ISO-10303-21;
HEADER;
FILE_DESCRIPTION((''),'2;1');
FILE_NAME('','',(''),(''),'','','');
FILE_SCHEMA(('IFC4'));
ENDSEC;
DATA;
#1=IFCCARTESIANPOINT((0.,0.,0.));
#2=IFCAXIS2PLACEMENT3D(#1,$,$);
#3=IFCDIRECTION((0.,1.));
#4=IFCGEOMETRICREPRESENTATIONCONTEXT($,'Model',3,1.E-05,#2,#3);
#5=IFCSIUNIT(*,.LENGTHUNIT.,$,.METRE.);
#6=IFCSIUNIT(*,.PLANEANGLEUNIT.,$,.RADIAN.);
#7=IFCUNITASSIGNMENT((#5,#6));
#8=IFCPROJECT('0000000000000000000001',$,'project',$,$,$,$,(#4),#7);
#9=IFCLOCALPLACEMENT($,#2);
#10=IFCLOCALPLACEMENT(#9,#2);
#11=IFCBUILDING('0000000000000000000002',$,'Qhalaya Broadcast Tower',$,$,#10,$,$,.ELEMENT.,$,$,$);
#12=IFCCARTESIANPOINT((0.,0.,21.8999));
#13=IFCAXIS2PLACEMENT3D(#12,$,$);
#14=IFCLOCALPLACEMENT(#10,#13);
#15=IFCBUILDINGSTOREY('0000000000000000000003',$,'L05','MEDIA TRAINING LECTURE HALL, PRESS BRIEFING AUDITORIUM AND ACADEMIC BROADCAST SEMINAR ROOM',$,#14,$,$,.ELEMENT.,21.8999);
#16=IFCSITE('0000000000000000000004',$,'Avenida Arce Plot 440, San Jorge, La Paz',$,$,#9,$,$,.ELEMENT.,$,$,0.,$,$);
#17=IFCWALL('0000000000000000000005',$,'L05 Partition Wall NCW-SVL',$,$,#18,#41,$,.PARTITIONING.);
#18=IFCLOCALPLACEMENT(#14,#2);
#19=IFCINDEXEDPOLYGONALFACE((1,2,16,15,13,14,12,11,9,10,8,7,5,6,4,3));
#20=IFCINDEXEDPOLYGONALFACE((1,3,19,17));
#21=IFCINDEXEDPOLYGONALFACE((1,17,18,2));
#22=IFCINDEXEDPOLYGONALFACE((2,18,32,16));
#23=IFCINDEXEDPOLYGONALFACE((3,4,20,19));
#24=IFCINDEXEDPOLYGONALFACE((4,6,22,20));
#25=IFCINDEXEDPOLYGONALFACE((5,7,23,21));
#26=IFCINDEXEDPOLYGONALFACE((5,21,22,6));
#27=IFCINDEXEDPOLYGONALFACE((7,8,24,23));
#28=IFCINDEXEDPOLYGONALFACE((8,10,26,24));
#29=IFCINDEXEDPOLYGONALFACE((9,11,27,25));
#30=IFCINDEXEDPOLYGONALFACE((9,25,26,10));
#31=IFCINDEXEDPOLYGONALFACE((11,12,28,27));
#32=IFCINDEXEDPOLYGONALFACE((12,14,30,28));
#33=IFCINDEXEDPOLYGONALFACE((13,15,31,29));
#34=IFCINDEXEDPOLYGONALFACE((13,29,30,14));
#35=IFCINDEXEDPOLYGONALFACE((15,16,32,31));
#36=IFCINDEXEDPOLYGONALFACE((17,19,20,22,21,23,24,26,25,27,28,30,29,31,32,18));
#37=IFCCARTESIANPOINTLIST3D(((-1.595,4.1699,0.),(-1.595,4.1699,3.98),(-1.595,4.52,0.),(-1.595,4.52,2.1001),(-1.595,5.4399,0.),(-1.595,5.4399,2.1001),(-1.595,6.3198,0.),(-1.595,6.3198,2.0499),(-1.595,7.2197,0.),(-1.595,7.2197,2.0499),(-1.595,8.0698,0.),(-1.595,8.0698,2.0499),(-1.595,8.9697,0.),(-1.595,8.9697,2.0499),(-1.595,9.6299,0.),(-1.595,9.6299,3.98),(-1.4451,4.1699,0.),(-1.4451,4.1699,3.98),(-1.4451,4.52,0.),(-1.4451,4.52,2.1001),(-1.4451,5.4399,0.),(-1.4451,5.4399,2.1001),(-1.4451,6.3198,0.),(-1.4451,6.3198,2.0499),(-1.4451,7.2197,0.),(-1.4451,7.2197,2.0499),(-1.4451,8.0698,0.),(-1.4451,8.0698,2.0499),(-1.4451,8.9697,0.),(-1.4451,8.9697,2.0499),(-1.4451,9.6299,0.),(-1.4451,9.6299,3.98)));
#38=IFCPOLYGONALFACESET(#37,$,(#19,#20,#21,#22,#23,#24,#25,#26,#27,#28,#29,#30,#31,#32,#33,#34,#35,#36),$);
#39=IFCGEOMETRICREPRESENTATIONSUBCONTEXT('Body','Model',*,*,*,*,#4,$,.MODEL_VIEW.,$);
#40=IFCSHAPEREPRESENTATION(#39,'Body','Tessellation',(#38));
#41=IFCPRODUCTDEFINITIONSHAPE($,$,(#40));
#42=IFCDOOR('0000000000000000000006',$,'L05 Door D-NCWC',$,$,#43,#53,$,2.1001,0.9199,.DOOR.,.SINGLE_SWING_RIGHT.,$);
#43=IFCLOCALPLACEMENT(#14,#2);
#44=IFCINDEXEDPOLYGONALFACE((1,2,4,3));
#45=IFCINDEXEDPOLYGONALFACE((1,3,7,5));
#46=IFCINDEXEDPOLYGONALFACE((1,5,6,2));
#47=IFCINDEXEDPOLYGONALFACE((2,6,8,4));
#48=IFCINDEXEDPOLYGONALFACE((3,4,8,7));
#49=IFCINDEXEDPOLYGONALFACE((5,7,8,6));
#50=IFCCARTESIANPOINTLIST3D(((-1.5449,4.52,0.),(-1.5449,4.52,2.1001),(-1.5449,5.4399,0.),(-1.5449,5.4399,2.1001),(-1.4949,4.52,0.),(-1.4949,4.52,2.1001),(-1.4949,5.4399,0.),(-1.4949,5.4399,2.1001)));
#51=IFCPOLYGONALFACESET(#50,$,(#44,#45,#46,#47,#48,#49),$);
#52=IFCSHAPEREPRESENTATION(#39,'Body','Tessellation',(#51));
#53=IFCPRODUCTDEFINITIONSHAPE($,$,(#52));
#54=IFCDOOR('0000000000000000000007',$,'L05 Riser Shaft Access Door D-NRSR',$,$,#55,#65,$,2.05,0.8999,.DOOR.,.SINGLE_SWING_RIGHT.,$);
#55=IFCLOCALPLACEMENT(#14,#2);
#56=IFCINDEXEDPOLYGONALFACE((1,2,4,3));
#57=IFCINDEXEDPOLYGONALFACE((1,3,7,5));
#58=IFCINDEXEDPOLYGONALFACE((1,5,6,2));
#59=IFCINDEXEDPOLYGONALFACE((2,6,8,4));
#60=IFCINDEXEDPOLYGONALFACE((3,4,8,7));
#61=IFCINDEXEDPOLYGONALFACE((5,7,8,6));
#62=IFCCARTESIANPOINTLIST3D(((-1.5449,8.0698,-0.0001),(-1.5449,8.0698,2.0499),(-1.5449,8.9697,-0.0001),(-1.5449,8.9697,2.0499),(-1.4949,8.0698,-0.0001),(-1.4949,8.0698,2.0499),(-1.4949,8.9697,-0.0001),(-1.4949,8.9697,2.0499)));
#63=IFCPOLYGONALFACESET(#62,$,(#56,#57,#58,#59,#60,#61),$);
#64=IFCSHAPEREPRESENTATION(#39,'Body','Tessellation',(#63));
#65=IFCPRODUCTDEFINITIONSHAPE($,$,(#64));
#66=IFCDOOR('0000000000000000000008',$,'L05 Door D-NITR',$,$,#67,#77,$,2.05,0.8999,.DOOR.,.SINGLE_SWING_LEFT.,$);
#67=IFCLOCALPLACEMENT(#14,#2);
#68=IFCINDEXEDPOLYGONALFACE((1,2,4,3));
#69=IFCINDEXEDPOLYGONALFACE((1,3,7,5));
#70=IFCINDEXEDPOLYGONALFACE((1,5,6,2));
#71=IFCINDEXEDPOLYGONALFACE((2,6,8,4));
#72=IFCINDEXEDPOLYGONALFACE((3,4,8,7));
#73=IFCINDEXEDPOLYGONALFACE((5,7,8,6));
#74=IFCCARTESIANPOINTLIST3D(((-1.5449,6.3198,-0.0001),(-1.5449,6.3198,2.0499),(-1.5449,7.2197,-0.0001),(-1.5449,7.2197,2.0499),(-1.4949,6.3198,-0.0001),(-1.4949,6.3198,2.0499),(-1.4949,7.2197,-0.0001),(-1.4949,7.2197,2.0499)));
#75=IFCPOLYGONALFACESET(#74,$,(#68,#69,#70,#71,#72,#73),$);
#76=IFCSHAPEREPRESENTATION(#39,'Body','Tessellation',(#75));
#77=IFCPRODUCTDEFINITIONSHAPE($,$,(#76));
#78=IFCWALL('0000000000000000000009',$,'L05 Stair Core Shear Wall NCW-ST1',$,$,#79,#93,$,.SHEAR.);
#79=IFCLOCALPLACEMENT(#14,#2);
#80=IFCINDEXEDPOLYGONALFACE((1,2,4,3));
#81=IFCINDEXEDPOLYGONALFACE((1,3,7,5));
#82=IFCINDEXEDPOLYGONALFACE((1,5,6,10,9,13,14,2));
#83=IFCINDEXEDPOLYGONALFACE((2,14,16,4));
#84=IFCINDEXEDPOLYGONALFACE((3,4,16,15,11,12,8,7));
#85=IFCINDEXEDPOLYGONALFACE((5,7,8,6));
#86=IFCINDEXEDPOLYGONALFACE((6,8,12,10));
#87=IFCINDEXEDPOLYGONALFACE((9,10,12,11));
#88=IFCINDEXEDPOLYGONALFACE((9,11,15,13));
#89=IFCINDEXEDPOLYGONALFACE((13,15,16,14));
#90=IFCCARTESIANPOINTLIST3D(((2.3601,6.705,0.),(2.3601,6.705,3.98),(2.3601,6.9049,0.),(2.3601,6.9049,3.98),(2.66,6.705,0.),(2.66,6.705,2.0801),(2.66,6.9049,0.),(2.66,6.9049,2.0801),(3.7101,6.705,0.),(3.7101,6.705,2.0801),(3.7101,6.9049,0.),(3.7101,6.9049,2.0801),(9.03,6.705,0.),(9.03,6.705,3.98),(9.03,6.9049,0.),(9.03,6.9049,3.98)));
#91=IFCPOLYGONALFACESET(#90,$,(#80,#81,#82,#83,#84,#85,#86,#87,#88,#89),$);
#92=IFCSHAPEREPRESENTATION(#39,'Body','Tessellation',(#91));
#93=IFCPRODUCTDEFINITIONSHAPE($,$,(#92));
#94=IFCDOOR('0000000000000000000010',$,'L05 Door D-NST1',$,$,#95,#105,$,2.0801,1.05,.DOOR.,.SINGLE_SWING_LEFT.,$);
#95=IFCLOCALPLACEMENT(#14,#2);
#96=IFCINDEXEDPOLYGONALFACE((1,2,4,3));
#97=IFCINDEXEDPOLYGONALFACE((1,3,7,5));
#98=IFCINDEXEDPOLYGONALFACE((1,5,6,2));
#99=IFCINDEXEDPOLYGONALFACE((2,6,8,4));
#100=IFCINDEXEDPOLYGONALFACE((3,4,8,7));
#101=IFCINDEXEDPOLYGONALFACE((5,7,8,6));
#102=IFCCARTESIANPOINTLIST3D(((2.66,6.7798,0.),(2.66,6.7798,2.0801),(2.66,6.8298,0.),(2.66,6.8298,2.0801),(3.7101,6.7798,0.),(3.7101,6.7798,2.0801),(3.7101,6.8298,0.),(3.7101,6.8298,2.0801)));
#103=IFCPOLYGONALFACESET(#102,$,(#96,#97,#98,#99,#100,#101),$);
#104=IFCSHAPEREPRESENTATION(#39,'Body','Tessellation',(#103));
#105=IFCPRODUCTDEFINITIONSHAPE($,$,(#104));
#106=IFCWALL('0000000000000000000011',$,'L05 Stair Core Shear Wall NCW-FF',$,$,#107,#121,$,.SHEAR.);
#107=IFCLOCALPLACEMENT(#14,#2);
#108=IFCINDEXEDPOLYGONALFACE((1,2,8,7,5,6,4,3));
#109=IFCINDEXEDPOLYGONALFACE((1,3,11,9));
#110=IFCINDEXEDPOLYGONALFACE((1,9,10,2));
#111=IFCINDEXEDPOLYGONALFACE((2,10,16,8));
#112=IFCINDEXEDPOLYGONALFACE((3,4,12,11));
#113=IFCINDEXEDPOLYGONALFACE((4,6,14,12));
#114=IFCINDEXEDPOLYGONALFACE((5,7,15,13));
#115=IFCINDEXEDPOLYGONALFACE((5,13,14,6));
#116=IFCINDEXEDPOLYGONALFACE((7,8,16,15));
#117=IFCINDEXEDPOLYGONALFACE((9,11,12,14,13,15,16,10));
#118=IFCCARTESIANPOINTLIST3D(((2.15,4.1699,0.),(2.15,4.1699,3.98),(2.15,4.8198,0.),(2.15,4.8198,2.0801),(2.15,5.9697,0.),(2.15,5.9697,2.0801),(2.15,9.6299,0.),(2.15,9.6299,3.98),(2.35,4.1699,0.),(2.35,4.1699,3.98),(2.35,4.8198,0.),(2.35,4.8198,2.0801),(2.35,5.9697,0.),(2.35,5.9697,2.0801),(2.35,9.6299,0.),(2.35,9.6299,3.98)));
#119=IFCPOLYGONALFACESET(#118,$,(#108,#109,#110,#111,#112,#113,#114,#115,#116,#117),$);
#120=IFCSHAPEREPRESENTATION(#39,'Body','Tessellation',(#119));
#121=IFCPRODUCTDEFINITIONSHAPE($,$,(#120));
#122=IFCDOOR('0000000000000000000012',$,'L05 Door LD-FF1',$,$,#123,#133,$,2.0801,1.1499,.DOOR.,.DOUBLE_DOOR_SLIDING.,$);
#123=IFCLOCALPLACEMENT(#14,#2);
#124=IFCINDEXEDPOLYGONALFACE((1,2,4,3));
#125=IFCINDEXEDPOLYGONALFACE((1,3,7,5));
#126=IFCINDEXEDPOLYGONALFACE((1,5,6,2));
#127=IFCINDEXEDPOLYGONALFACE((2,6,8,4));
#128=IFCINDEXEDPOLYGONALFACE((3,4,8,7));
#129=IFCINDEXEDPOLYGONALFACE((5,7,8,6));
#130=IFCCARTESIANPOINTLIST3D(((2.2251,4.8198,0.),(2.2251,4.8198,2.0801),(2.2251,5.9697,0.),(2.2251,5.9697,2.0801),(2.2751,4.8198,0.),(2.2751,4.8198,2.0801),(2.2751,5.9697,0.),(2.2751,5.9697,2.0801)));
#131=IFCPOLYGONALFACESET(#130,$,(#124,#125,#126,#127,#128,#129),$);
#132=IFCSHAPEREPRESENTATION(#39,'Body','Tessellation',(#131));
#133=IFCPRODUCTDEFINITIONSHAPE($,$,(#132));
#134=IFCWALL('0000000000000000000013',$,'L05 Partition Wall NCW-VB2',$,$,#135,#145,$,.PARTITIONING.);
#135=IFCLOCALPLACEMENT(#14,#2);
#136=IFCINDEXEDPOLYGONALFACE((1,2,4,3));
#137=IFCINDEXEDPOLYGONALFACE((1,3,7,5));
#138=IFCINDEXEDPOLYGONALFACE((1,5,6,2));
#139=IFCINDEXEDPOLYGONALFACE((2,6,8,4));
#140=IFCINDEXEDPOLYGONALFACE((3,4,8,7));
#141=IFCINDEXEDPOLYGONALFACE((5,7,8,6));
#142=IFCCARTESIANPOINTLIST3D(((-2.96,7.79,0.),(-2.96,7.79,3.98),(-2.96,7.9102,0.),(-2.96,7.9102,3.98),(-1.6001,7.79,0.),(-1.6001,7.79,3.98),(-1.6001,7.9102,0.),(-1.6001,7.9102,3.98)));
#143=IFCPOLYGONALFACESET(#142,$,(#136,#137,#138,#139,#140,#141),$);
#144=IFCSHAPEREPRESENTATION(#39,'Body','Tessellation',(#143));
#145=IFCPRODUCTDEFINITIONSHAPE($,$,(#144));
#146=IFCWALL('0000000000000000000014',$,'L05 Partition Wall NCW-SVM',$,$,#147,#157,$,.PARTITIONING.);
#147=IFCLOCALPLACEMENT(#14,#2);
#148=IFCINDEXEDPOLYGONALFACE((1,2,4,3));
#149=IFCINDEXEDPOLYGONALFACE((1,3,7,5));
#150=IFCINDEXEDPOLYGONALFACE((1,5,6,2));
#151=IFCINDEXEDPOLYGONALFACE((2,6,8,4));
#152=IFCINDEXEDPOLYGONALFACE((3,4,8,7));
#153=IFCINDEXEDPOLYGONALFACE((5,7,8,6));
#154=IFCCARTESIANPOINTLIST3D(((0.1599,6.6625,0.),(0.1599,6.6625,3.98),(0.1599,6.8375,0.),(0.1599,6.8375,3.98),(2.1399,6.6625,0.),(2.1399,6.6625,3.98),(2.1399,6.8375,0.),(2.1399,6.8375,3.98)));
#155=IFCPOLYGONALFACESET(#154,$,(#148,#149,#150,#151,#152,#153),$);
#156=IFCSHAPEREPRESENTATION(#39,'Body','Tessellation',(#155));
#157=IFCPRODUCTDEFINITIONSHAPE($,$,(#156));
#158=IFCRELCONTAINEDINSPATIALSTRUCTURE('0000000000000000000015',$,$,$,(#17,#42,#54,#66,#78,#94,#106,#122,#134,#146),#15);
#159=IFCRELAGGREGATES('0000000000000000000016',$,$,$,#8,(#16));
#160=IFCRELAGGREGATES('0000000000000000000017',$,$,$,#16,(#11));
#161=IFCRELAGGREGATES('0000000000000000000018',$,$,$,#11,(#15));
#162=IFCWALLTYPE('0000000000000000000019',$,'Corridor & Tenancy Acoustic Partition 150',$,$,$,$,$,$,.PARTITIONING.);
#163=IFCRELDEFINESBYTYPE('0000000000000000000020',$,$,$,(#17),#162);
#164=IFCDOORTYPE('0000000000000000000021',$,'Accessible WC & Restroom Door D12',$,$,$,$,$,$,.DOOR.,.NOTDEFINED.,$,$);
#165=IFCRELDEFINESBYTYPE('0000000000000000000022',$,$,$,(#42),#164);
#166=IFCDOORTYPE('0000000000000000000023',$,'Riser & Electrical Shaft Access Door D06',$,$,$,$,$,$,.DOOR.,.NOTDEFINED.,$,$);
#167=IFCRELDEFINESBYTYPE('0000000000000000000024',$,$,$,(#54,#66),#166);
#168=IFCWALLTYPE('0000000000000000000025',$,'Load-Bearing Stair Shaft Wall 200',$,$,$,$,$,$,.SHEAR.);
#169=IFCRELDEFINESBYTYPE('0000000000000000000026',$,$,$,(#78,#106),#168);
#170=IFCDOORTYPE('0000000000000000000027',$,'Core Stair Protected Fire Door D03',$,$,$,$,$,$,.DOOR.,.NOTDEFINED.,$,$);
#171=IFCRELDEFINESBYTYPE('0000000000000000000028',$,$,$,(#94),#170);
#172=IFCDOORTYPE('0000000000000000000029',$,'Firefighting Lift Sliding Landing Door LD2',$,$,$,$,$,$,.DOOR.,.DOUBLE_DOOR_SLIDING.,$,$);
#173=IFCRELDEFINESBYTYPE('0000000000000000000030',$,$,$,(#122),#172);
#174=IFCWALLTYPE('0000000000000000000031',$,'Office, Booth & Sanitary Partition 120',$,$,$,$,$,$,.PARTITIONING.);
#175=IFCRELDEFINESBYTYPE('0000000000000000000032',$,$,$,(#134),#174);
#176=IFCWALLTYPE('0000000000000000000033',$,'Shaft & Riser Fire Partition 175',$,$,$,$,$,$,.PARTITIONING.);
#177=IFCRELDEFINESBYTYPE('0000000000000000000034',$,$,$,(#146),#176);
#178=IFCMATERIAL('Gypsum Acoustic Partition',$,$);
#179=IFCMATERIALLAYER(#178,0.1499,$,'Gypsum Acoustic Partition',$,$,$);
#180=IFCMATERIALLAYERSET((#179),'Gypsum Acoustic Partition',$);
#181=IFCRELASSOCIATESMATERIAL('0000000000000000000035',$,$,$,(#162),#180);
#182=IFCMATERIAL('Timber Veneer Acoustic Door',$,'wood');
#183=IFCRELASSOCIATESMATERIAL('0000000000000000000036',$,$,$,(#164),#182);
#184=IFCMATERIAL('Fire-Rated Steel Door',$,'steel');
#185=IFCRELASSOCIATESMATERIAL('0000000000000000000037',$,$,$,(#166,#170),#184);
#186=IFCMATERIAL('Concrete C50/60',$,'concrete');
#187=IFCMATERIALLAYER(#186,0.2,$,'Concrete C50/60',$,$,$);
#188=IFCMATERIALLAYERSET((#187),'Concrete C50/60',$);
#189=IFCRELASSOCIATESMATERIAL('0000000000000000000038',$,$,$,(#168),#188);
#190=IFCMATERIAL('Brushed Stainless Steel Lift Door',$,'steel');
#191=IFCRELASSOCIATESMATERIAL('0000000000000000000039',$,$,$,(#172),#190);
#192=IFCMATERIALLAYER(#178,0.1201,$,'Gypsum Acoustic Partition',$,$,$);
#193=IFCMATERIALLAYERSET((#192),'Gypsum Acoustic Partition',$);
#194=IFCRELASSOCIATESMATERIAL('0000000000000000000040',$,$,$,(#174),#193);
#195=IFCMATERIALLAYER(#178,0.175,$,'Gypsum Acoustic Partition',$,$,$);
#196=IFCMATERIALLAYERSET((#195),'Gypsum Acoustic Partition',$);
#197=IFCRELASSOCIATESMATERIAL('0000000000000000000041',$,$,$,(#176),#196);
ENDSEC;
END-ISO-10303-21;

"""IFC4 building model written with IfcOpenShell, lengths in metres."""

from ifc_helpers import new_model, si_unit, direction, frame, frame_2d, origin, place, context, subcontext, project, spatial, rectangle, extrude, material, layer, layer_set, type_object, element, fill, save


model = new_model("IFC4")

# Units and contexts
model_context = context("Model", 3, precision=1e-05, world=origin(), true_north=direction((0.0, 1.0)))
body_context = subcontext(model_context, "Body", "Model", "MODEL_VIEW")
ifc_project = project(units=[si_unit("LENGTHUNIT", "METRE"), si_unit("PLANEANGLEUNIT", "RADIAN")], contexts=[model_context])

# Site, building, storey
site_placement = place(None, origin())
site = spatial("IfcSite", under=ifc_project, at=site_placement, Name="Avenida Arce Plot 440, San Jorge, La Paz", CompositionType="ELEMENT", RefElevation=0.0)
building_placement = place(site_placement, origin())
building = spatial("IfcBuilding", under=site, at=building_placement, Name="Qhalaya Broadcast Tower", CompositionType="ELEMENT")
storey_placement = place(building_placement, frame((0.0, 0.0, 21.8999)))
storey = spatial("IfcBuildingStorey", under=building, at=storey_placement, Name="L05", Description="MEDIA TRAINING LECTURE HALL, PRESS BRIEFING AUDITORIUM AND ACADEMIC BROADCAST SEMINAR ROOM", CompositionType="ELEMENT", Elevation=21.8999)

# Shared definitions
ifc_material_1 = material(Name="Concrete C50/60", Category="concrete")

# Wall, openings, doors
ifc_material_2 = material(Name="Gypsum Acoustic Partition")
ifc_layer_1 = layer(ifc_material_2, 0.1499, Name="Gypsum Acoustic Partition")
ifc_layer_set_1 = layer_set([ifc_layer_1], Name="Gypsum Acoustic Partition")
wall_type_1 = type_object("IfcWallType", Name="Corridor & Tenancy Acoustic Partition 150", PredefinedType="PARTITIONING", material=ifc_layer_set_1)
wall_1_placement = place(storey_placement, frame((-1.52, 4.1699, 0.0), z_axis=(0.0, 0.0, 1.0), x_axis=(0.0, 1.0, 0.0)))
wall_1 = element("IfcWall", 1, at=wall_1_placement, inside=storey, type_object=wall_type_1, Name="L05 Partition Wall NCW-SVL", PredefinedType="PARTITIONING", context=body_context, shape_type="SweptSolid", body=[
    extrude(rectangle(XDim=5.46, YDim=0.1499, at=frame_2d((2.73, 0.0))), origin(), (0.0, 0.0, 1.0), 3.98),
])
opening_1_placement = place(wall_1_placement, frame((3.8999, 0.0, 0.0)))
opening_1 = element("IfcOpeningElement", 2, at=opening_1_placement, cuts=wall_1, PredefinedType="OPENING", context=body_context, shape_type="SweptSolid", body=[
    extrude(rectangle(XDim=0.8999, YDim=2.05, at=frame_2d((0.45, 1.0249))), frame((0.0, 0.0869, 0.0), z_axis=(0.0, -1.0, 0.0), x_axis=(1.0, 0.0, 0.0)), (0.0, 0.0, 1.0), 0.1738),
])
opening_2_placement = place(wall_1_placement, frame((2.1499, 0.0, 0.0)))
opening_2 = element("IfcOpeningElement", 3, at=opening_2_placement, cuts=wall_1, PredefinedType="OPENING", context=body_context, shape_type="SweptSolid", body=[
    extrude(rectangle(XDim=0.8999, YDim=2.05, at=frame_2d((0.45, 1.0249))), frame((0.0, 0.0869, 0.0), z_axis=(0.0, -1.0, 0.0), x_axis=(1.0, 0.0, 0.0)), (0.0, 0.0, 1.0), 0.1738),
])
opening_3_placement = place(wall_1_placement, frame((0.3501, 0.0, 0.0)))
opening_3 = element("IfcOpeningElement", 4, at=opening_3_placement, cuts=wall_1, PredefinedType="OPENING", context=body_context, shape_type="SweptSolid", body=[
    extrude(rectangle(XDim=0.9199, YDim=2.1001, at=frame_2d((0.46, 1.05))), frame((0.0, 0.0869, 0.0), z_axis=(0.0, -1.0, 0.0), x_axis=(1.0, 0.0, 0.0)), (0.0, 0.0, 1.0), 0.1738),
])
ifc_material_3 = material(Name="Timber Veneer Acoustic Door", Category="wood")
door_type_1 = type_object("IfcDoorType", Name="Accessible WC & Restroom Door D12", OperationType="NOTDEFINED", PredefinedType="DOOR", material=ifc_material_3)
door_1_placement = place(opening_3_placement, origin())
door_1 = element("IfcDoor", 5, at=door_1_placement, inside=storey, type_object=door_type_1, Name="L05 Door D-NCWC", OperationType="SINGLE_SWING_RIGHT", OverallHeight=2.1001, OverallWidth=0.9199, PredefinedType="DOOR", context=body_context, shape_type="SweptSolid", body=[
    extrude(rectangle(XDim=0.9199, YDim=2.1001, at=frame_2d((0.46, 1.05))), frame((0.0, 0.0249, 0.0), z_axis=(0.0, -1.0, 0.0), x_axis=(1.0, 0.0, 0.0)), (0.0, 0.0, 1.0), 0.05),
])
fill(opening_3, door_1)
ifc_material_4 = material(Name="Fire-Rated Steel Door", Category="steel")
door_type_2 = type_object("IfcDoorType", Name="Riser & Electrical Shaft Access Door D06", OperationType="NOTDEFINED", PredefinedType="DOOR", material=ifc_material_4)
door_2_placement = place(opening_1_placement, origin())
door_2 = element("IfcDoor", 6, at=door_2_placement, inside=storey, type_object=door_type_2, Name="L05 Riser Shaft Access Door D-NRSR", OperationType="SINGLE_SWING_RIGHT", OverallHeight=2.05, OverallWidth=0.8999, PredefinedType="DOOR", context=body_context, shape_type="SweptSolid", body=[
    extrude(rectangle(XDim=0.8999, YDim=2.05, at=frame_2d((0.45, 1.0249))), frame((0.0, 0.0249, 0.0), z_axis=(0.0, -1.0, 0.0), x_axis=(1.0, 0.0, 0.0)), (0.0, 0.0, 1.0), 0.05),
])
fill(opening_1, door_2)
door_3_placement = place(opening_2_placement, origin())
door_3 = element("IfcDoor", 7, at=door_3_placement, inside=storey, type_object=door_type_2, Name="L05 Door D-NITR", OperationType="SINGLE_SWING_LEFT", OverallHeight=2.05, OverallWidth=0.8999, PredefinedType="DOOR", context=body_context, shape_type="SweptSolid", body=[
    extrude(rectangle(XDim=0.8999, YDim=2.05, at=frame_2d((0.45, 1.0249))), frame((0.0, 0.0249, 0.0), z_axis=(0.0, -1.0, 0.0), x_axis=(1.0, 0.0, 0.0)), (0.0, 0.0, 1.0), 0.05),
])
fill(opening_2, door_3)

# Walls, openings, doors
ifc_layer_2 = layer(ifc_material_1, 0.2, Name="Concrete C50/60")
ifc_layer_set_2 = layer_set([ifc_layer_2], Name="Concrete C50/60")
wall_type_2 = type_object("IfcWallType", Name="Load-Bearing Stair Shaft Wall 200", PredefinedType="SHEAR", material=ifc_layer_set_2)
wall_2_placement = place(storey_placement, frame((2.3601, 6.8049, 0.0), z_axis=(0.0, 0.0, 1.0), x_axis=(1.0, 0.0, 0.0)))
wall_2 = element("IfcWall", 8, at=wall_2_placement, inside=storey, type_object=wall_type_2, Name="L05 Stair Core Shear Wall NCW-ST1", PredefinedType="SHEAR", context=body_context, shape_type="SweptSolid", body=[
    extrude(rectangle(XDim=6.6699, YDim=0.2, at=frame_2d((3.335, 0.0))), origin(), (0.0, 0.0, 1.0), 3.98),
])
opening_4_placement = place(wall_2_placement, frame((0.3, 0.0, 0.0)))
opening_4 = element("IfcOpeningElement", 9, at=opening_4_placement, cuts=wall_2, PredefinedType="OPENING", context=body_context, shape_type="SweptSolid", body=[
    extrude(rectangle(XDim=1.05, YDim=2.0801, at=frame_2d((0.5249, 1.04))), frame((0.0, 0.1121, 0.0), z_axis=(0.0, -1.0, 0.0), x_axis=(1.0, 0.0, 0.0)), (0.0, 0.0, 1.0), 0.2239),
])
door_type_3 = type_object("IfcDoorType", Name="Core Stair Protected Fire Door D03", OperationType="NOTDEFINED", PredefinedType="DOOR", material=ifc_material_4)
door_4_placement = place(opening_4_placement, origin())
door_4 = element("IfcDoor", 10, at=door_4_placement, inside=storey, type_object=door_type_3, Name="L05 Door D-NST1", OperationType="SINGLE_SWING_LEFT", OverallHeight=2.0801, OverallWidth=1.05, PredefinedType="DOOR", context=body_context, shape_type="SweptSolid", body=[
    extrude(rectangle(XDim=1.05, YDim=2.0801, at=frame_2d((0.5249, 1.04))), frame((0.0, 0.0249, 0.0), z_axis=(0.0, -1.0, 0.0), x_axis=(1.0, 0.0, 0.0)), (0.0, 0.0, 1.0), 0.05),
])
fill(opening_4, door_4)
wall_3_placement = place(storey_placement, frame((2.25, 4.1699, 0.0), z_axis=(0.0, 0.0, 1.0), x_axis=(0.0, 1.0, 0.0)))
wall_3 = element("IfcWall", 11, at=wall_3_placement, inside=storey, type_object=wall_type_2, Name="L05 Stair Core Shear Wall NCW-FF", PredefinedType="SHEAR", context=body_context, shape_type="SweptSolid", body=[
    extrude(rectangle(XDim=5.46, YDim=0.2, at=frame_2d((2.73, 0.0))), origin(), (0.0, 0.0, 1.0), 3.98),
])
opening_5_placement = place(wall_3_placement, frame((0.6499, 0.0, 0.0)))
opening_5 = element("IfcOpeningElement", 12, at=opening_5_placement, cuts=wall_3, PredefinedType="OPENING", context=body_context, shape_type="SweptSolid", body=[
    extrude(rectangle(XDim=1.1499, YDim=2.0801, at=frame_2d((0.575, 1.04))), frame((0.0, 0.1121, 0.0), z_axis=(0.0, -1.0, 0.0), x_axis=(1.0, 0.0, 0.0)), (0.0, 0.0, 1.0), 0.2239),
])
ifc_material_5 = material(Name="Brushed Stainless Steel Lift Door", Category="steel")
door_type_4 = type_object("IfcDoorType", Name="Firefighting Lift Sliding Landing Door LD2", OperationType="DOUBLE_DOOR_SLIDING", PredefinedType="DOOR", material=ifc_material_5)
door_5_placement = place(opening_5_placement, origin())
door_5 = element("IfcDoor", 13, at=door_5_placement, inside=storey, type_object=door_type_4, Name="L05 Door LD-FF1", OperationType="DOUBLE_DOOR_SLIDING", OverallHeight=2.0801, OverallWidth=1.1499, PredefinedType="DOOR", context=body_context, shape_type="SweptSolid", body=[
    extrude(rectangle(XDim=1.1499, YDim=2.0801, at=frame_2d((0.575, 1.04))), frame((0.0, 0.0249, 0.0), z_axis=(0.0, -1.0, 0.0), x_axis=(1.0, 0.0, 0.0)), (0.0, 0.0, 1.0), 0.05),
])
fill(opening_5, door_5)

# Wall
ifc_layer_3 = layer(ifc_material_2, 0.1201, Name="Gypsum Acoustic Partition")
ifc_layer_set_3 = layer_set([ifc_layer_3], Name="Gypsum Acoustic Partition")
wall_type_3 = type_object("IfcWallType", Name="Office, Booth & Sanitary Partition 120", PredefinedType="PARTITIONING", material=ifc_layer_set_3)
wall_4_placement = place(storey_placement, frame((-2.96, 7.8501, 0.0), z_axis=(0.0, 0.0, 1.0), x_axis=(1.0, 0.0, 0.0)))
element("IfcWall", 14, at=wall_4_placement, inside=storey, type_object=wall_type_3, Name="L05 Partition Wall NCW-VB2", PredefinedType="PARTITIONING", context=body_context, shape_type="SweptSolid", body=[
    extrude(rectangle(XDim=1.3599, YDim=0.1201, at=frame_2d((0.6799, 0.0))), origin(), (0.0, 0.0, 1.0), 3.98),
])

# Shared definitions
ifc_layer_4 = layer(ifc_material_2, 0.175, Name="Gypsum Acoustic Partition")
ifc_layer_set_4 = layer_set([ifc_layer_4], Name="Gypsum Acoustic Partition")
wall_type_4 = type_object("IfcWallType", Name="Shaft & Riser Fire Partition 175", PredefinedType="PARTITIONING", material=ifc_layer_set_4)

# Wall
wall_5_placement = place(storey_placement, frame((0.1599, 6.75, 0.0), z_axis=(0.0, 0.0, 1.0), x_axis=(1.0, 0.0, 0.0)))
element("IfcWall", 15, at=wall_5_placement, inside=storey, type_object=wall_type_4, Name="L05 Partition Wall NCW-SVM", PredefinedType="PARTITIONING", context=body_context, shape_type="SweptSolid", body=[
    extrude(rectangle(XDim=1.98, YDim=0.175, at=frame_2d((0.99, 0.0))), origin(), (0.0, 0.0, 1.0), 3.98),
])

save(model, "model.ifc")
